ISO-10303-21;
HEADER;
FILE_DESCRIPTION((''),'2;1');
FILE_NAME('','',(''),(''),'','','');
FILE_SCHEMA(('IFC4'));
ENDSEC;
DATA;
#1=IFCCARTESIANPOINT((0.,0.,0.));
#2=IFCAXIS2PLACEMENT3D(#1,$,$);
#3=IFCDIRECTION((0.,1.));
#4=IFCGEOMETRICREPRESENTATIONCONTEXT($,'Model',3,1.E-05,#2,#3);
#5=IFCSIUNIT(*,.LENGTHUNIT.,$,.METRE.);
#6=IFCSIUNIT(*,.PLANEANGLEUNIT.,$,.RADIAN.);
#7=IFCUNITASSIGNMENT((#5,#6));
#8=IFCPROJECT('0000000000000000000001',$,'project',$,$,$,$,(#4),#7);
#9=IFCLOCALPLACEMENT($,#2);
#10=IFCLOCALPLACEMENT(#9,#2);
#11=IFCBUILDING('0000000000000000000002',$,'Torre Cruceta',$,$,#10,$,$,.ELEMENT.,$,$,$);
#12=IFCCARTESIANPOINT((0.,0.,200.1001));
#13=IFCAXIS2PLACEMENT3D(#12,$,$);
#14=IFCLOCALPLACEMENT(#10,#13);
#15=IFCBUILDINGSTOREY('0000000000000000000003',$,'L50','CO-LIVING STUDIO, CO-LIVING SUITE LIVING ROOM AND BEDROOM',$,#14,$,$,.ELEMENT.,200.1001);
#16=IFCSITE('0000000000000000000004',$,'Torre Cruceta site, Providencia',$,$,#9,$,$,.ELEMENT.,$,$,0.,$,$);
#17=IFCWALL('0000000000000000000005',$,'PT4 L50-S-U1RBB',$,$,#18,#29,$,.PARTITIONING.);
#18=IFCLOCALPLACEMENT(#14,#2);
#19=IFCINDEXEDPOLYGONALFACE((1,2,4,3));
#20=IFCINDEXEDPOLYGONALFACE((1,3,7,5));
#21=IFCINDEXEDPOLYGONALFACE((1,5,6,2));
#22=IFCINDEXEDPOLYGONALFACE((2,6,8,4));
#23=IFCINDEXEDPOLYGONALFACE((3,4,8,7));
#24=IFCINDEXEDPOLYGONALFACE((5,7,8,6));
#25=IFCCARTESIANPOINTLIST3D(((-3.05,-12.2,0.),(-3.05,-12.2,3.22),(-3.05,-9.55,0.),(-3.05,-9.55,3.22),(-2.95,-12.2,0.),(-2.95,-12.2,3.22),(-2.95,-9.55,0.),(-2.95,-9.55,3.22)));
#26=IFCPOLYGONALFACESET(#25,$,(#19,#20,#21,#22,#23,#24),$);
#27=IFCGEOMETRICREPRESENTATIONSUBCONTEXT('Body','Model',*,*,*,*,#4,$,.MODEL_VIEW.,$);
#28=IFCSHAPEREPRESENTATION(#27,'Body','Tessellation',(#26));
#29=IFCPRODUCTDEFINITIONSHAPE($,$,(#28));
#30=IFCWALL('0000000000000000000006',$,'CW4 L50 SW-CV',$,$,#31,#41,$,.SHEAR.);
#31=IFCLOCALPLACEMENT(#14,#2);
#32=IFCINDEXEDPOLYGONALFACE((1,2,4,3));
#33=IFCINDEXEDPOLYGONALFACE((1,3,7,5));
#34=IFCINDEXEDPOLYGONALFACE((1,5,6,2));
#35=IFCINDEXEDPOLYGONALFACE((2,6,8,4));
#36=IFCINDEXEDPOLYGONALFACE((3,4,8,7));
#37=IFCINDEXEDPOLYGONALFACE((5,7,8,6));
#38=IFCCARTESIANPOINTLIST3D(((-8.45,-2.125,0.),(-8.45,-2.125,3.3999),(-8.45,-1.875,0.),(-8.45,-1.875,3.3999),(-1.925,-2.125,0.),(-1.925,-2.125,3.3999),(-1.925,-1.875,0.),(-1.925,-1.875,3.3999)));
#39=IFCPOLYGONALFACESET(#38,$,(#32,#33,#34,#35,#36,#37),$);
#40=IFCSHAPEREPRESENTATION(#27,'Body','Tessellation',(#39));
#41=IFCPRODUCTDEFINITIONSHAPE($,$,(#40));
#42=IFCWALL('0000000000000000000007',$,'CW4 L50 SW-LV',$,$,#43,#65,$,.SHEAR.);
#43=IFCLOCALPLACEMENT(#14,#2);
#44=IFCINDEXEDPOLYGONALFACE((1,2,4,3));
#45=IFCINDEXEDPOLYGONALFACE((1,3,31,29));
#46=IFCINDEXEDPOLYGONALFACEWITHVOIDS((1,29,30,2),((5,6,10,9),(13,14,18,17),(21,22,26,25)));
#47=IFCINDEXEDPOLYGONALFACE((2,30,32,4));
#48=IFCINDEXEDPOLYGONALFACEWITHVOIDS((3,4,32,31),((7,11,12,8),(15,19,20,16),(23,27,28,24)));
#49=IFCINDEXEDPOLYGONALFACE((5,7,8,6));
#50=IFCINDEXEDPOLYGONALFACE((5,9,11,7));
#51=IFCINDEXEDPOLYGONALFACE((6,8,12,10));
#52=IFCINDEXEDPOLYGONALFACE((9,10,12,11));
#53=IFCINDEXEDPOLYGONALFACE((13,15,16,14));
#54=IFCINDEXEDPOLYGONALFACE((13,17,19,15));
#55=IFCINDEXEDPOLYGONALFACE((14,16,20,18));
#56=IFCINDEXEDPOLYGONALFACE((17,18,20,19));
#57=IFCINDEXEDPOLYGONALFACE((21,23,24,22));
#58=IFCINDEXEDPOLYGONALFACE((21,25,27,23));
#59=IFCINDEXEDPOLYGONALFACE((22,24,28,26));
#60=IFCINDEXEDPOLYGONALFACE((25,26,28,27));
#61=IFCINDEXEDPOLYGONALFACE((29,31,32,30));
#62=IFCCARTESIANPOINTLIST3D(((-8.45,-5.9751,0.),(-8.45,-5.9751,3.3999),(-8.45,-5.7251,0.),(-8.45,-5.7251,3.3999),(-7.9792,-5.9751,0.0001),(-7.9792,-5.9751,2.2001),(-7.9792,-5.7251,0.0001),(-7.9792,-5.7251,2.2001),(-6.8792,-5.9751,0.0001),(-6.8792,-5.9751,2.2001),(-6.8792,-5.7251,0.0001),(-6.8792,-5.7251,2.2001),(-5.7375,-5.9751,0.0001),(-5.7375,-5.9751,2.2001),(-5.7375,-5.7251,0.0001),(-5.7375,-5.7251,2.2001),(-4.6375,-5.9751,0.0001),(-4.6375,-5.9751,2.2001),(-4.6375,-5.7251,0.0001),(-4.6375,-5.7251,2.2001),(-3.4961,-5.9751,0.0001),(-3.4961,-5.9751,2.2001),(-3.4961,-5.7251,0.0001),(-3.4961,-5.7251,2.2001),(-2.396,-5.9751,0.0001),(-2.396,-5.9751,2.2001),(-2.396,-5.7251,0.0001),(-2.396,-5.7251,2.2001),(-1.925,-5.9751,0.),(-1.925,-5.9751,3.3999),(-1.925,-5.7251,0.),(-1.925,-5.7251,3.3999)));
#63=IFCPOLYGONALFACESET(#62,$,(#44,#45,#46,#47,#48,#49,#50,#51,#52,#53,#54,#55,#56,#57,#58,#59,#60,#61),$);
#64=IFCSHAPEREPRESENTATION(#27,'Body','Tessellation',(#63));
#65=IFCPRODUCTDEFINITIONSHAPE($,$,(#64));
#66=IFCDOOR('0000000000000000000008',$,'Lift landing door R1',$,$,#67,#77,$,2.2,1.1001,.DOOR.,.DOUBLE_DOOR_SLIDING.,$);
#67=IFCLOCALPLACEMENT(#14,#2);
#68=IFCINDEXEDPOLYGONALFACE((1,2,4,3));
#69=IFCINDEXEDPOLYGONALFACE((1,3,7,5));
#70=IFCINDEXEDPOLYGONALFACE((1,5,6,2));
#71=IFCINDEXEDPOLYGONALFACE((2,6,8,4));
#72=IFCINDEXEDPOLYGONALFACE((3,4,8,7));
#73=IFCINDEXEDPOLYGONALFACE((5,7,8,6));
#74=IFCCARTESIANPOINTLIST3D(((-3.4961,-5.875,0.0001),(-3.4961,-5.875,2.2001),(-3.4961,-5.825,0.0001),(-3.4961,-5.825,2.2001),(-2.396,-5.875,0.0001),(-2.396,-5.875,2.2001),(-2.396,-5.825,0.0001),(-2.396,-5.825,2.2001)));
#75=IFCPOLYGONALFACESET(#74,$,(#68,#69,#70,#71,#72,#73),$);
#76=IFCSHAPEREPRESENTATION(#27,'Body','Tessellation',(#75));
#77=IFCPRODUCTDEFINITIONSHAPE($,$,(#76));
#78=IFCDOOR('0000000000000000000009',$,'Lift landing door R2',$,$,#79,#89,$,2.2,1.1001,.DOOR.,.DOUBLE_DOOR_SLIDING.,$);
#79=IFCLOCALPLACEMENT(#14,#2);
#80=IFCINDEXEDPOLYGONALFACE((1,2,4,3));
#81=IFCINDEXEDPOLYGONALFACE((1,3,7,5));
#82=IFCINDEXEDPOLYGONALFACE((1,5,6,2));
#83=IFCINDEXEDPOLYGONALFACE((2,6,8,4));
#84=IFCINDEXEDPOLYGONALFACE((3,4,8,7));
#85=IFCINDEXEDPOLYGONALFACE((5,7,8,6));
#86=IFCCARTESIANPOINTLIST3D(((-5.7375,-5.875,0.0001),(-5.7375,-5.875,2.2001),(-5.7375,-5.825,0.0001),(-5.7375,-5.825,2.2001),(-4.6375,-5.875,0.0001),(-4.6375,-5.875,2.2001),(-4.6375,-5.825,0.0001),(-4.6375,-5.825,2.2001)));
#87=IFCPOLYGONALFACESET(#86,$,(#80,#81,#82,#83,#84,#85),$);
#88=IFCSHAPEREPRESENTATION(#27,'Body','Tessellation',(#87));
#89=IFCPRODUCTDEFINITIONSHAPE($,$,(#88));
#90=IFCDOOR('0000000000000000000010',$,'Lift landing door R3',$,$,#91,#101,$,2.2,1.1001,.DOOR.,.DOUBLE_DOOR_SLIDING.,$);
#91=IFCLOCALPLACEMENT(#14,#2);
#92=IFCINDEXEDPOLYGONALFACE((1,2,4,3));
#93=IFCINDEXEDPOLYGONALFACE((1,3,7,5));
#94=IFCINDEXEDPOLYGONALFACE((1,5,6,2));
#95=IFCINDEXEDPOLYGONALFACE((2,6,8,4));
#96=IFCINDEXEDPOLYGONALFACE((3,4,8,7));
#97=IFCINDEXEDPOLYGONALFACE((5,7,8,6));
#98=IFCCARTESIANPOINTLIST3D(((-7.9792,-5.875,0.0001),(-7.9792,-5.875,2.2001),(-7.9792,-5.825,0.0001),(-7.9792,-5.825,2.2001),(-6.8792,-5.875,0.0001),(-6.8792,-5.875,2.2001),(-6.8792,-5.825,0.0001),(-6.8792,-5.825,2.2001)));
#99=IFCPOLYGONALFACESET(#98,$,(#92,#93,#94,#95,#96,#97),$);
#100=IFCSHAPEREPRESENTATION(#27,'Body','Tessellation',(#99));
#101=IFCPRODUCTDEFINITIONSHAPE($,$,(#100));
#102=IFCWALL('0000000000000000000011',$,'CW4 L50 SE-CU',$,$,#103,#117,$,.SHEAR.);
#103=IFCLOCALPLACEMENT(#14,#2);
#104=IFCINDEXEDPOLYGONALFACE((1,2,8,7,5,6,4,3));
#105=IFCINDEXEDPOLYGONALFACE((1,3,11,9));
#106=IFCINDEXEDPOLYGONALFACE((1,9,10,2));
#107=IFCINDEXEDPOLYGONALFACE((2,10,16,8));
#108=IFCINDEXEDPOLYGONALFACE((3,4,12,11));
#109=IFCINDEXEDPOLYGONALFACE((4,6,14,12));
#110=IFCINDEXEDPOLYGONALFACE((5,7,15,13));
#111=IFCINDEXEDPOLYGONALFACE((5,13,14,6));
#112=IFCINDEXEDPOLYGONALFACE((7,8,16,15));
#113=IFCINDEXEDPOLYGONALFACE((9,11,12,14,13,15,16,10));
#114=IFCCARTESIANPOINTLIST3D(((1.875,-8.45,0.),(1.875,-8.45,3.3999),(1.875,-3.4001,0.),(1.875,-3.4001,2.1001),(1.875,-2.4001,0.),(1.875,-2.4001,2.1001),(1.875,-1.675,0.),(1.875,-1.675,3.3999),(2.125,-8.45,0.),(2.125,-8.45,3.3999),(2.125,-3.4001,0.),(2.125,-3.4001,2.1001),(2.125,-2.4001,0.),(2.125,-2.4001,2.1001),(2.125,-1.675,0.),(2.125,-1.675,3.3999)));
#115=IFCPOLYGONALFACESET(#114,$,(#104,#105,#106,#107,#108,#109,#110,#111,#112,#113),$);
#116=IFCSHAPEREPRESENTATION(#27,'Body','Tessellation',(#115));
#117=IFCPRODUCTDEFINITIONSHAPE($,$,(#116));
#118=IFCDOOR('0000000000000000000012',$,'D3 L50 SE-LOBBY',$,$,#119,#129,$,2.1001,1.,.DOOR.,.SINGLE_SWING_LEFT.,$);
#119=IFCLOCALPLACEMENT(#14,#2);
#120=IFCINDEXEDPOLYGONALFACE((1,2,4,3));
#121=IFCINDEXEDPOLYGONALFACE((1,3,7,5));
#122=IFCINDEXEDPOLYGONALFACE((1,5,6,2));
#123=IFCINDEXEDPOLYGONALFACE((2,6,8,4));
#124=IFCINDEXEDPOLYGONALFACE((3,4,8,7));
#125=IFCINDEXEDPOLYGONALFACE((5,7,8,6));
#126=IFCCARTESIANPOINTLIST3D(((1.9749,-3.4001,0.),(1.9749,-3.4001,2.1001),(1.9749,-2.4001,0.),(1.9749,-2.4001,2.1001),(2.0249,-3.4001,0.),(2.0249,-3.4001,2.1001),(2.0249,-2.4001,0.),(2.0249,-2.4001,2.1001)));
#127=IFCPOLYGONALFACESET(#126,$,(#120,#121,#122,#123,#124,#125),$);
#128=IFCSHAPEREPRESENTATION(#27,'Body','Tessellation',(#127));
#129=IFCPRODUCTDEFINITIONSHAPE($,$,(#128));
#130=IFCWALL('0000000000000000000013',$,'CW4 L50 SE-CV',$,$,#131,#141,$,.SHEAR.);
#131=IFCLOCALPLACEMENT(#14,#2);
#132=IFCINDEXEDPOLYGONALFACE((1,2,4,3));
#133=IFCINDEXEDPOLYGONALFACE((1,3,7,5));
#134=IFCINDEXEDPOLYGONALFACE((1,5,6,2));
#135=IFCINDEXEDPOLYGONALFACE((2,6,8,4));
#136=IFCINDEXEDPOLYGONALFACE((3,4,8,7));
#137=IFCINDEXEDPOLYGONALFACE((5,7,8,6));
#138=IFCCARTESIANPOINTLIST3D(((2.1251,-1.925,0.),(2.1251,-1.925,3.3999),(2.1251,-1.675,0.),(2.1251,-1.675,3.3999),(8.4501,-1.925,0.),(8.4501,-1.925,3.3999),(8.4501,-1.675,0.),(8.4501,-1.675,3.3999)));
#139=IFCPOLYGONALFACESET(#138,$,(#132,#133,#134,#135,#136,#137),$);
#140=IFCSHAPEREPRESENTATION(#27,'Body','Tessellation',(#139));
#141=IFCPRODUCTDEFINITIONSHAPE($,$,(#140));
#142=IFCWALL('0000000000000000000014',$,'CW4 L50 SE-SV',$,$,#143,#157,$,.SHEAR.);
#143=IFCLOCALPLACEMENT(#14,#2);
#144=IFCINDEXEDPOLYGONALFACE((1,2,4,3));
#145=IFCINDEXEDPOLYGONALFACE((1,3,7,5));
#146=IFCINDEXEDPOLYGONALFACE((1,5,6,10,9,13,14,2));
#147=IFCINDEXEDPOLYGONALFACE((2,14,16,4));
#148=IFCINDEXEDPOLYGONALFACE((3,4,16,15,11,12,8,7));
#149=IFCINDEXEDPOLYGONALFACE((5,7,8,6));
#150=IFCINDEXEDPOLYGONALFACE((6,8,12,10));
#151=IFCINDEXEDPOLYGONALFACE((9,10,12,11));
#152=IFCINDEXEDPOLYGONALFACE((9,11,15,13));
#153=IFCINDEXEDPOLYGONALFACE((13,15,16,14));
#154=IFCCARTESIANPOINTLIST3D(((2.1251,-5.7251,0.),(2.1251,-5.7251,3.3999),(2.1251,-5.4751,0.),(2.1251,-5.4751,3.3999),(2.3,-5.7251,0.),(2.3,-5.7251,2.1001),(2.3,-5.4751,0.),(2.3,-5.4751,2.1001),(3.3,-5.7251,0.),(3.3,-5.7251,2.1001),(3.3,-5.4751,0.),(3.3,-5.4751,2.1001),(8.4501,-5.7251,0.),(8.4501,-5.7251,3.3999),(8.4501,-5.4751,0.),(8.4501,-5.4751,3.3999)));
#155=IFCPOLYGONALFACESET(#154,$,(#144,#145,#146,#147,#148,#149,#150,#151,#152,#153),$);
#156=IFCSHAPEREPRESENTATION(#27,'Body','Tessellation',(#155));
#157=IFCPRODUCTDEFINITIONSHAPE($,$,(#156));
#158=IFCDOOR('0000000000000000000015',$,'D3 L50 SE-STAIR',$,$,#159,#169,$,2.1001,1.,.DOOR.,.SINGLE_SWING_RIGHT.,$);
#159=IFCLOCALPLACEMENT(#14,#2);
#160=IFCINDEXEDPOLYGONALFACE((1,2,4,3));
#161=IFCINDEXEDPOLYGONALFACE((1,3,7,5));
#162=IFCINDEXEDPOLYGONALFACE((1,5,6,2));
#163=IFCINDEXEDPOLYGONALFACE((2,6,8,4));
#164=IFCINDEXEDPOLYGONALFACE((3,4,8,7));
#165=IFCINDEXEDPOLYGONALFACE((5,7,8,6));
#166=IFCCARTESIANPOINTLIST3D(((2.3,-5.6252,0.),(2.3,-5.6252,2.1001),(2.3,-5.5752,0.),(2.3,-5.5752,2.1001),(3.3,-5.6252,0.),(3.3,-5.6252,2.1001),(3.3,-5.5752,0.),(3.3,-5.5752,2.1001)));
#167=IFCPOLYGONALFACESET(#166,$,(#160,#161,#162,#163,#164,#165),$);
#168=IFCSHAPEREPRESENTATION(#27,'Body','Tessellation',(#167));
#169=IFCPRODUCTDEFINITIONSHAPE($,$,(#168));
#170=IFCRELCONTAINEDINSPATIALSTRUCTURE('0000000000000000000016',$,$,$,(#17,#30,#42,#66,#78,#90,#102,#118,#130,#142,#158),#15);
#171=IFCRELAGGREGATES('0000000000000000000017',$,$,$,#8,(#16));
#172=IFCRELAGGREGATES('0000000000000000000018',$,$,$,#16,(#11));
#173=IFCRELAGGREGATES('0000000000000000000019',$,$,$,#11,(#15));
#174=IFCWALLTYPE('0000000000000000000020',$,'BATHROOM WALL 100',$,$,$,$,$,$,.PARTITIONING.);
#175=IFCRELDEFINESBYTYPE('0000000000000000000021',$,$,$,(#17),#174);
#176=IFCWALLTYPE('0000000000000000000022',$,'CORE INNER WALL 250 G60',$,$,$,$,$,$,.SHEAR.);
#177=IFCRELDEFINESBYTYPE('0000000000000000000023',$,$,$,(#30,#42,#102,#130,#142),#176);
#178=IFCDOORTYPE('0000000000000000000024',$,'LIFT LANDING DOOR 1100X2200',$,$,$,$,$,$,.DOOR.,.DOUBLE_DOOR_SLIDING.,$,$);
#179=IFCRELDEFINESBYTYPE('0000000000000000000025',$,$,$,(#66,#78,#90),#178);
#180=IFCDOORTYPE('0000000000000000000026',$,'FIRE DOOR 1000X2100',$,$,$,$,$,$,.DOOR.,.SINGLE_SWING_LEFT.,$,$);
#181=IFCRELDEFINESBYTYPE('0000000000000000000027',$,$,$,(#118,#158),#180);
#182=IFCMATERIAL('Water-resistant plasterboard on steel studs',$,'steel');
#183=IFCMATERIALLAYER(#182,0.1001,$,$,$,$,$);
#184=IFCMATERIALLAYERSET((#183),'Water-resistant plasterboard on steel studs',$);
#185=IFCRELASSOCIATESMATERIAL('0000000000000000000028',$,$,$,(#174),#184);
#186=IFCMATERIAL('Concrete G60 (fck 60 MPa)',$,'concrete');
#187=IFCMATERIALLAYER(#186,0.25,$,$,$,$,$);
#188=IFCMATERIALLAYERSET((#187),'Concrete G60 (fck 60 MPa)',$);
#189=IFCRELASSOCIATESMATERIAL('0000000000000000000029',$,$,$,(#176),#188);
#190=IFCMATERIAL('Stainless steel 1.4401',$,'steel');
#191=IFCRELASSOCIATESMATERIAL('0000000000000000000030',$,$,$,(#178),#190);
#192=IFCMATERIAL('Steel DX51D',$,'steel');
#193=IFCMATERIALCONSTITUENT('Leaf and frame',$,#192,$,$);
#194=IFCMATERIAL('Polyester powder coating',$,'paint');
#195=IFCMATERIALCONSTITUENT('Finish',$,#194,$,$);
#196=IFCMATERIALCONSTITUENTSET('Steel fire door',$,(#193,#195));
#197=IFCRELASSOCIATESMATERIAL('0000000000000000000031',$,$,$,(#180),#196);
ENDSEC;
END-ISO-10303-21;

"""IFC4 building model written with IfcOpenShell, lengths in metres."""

from ifc_helpers import new_model, si_unit, direction, frame, frame_2d, origin, place, context, subcontext, project, spatial, rectangle, extrude, material, layer, layer_set, constituent, constituent_set, type_object, element, fill, save


model = new_model("IFC4")

# Units and contexts
model_context = context("Model", 3, precision=1e-05, world=origin(), true_north=direction((0.0, 1.0)))
body_context = subcontext(model_context, "Body", "Model", "MODEL_VIEW")
ifc_project = project(units=[si_unit("LENGTHUNIT", "METRE"), si_unit("PLANEANGLEUNIT", "RADIAN")], contexts=[model_context])

# Site, building, storey
site_placement = place(None, origin())
site = spatial("IfcSite", under=ifc_project, at=site_placement, Name="Torre Cruceta site, Providencia", CompositionType="ELEMENT", RefElevation=0.0)
building_placement = place(site_placement, origin())
building = spatial("IfcBuilding", under=site, at=building_placement, Name="Torre Cruceta", CompositionType="ELEMENT")
storey_placement = place(building_placement, frame((0.0, 0.0, 200.1001)))
storey = spatial("IfcBuildingStorey", under=building, at=storey_placement, Name="L50", Description="CO-LIVING STUDIO, CO-LIVING SUITE LIVING ROOM AND BEDROOM", CompositionType="ELEMENT", Elevation=200.1001)

# Wall
ifc_material_1 = material(Name="Water-resistant plasterboard on steel studs", Category="steel")
ifc_layer_1 = layer(ifc_material_1, 0.1001)
ifc_layer_set_1 = layer_set([ifc_layer_1], Name="Water-resistant plasterboard on steel studs")
wall_type_1 = type_object("IfcWallType", Name="BATHROOM WALL 100", PredefinedType="PARTITIONING", material=ifc_layer_set_1)
wall_1_placement = place(storey_placement, frame((-3.0, -9.55, 0.0), z_axis=(0.0, 0.0, 1.0), x_axis=(0.0, -1.0, 0.0)))
element("IfcWall", 1, at=wall_1_placement, inside=storey, type_object=wall_type_1, Name="PT4 L50-S-U1RBB", PredefinedType="PARTITIONING", context=body_context, shape_type="SweptSolid", body=[
    extrude(rectangle(XDim=2.6499, YDim=0.1001, at=frame_2d((1.325, 0.0))), origin(), (0.0, 0.0, 1.0), 3.22),
])

# Shared definitions
ifc_material_2 = material(Name="Concrete G60 (fck 60 MPa)", Category="concrete")
ifc_layer_2 = layer(ifc_material_2, 0.25)
ifc_layer_set_2 = layer_set([ifc_layer_2], Name="Concrete G60 (fck 60 MPa)")
wall_type_2 = type_object("IfcWallType", Name="CORE INNER WALL 250 G60", PredefinedType="SHEAR", material=ifc_layer_set_2)

# Wall
wall_2_placement = place(storey_placement, frame((-1.925, -2.0, 0.0), z_axis=(0.0, 0.0, 1.0), x_axis=(-1.0, 0.0, 0.0)))
element("IfcWall", 2, at=wall_2_placement, inside=storey, type_object=wall_type_2, Name="CW4 L50 SW-CV", PredefinedType="SHEAR", context=body_context, shape_type="SweptSolid", body=[
    extrude(rectangle(XDim=6.5249, YDim=0.25, at=frame_2d((3.2625, 0.0))), origin(), (0.0, 0.0, 1.0), 3.3999),
])

# Wall, openings, doors
wall_3_placement = place(storey_placement, frame((-1.925, -5.8501, 0.0), z_axis=(0.0, 0.0, 1.0), x_axis=(-1.0, 0.0, 0.0)))
wall_3 = element("IfcWall", 3, at=wall_3_placement, inside=storey, type_object=wall_type_2, Name="CW4 L50 SW-LV", PredefinedType="SHEAR", context=body_context, shape_type="SweptSolid", body=[
    extrude(rectangle(XDim=6.5249, YDim=0.25, at=frame_2d((3.2625, 0.0))), origin(), (0.0, 0.0, 1.0), 3.3999),
])
opening_1_placement = place(wall_3_placement, frame((0.4709, 0.0, 0.0)))
opening_1 = element("IfcOpeningElement", 4, at=opening_1_placement, cuts=wall_3, PredefinedType="OPENING", context=body_context, shape_type="SweptSolid", body=[
    extrude(rectangle(XDim=1.1001, YDim=2.2, at=frame_2d((0.55, 1.1001))), frame((0.0, 0.135, 0.0), z_axis=(0.0, -1.0, 0.0), x_axis=(1.0, 0.0, 0.0)), (0.0, 0.0, 1.0), 0.27),
])
opening_2_placement = place(wall_3_placement, frame((2.7124, 0.0, 0.0)))
opening_2 = element("IfcOpeningElement", 5, at=opening_2_placement, cuts=wall_3, PredefinedType="OPENING", context=body_context, shape_type="SweptSolid", body=[
    extrude(rectangle(XDim=1.1001, YDim=2.2, at=frame_2d((0.55, 1.1001))), frame((0.0, 0.135, 0.0), z_axis=(0.0, -1.0, 0.0), x_axis=(1.0, 0.0, 0.0)), (0.0, 0.0, 1.0), 0.27),
])
opening_3_placement = place(wall_3_placement, frame((4.9541, 0.0, 0.0)))
opening_3 = element("IfcOpeningElement", 6, at=opening_3_placement, cuts=wall_3, PredefinedType="OPENING", context=body_context, shape_type="SweptSolid", body=[
    extrude(rectangle(XDim=1.1001, YDim=2.2, at=frame_2d((0.55, 1.1001))), frame((0.0, 0.135, 0.0), z_axis=(0.0, -1.0, 0.0), x_axis=(1.0, 0.0, 0.0)), (0.0, 0.0, 1.0), 0.27),
])
ifc_material_3 = material(Name="Stainless steel 1.4401", Category="steel")
door_type_1 = type_object("IfcDoorType", Name="LIFT LANDING DOOR 1100X2200", OperationType="DOUBLE_DOOR_SLIDING", PredefinedType="DOOR", material=ifc_material_3)
door_1_placement = place(opening_1_placement, origin())
door_1 = element("IfcDoor", 7, at=door_1_placement, inside=storey, type_object=door_type_1, Name="Lift landing door R1", OperationType="DOUBLE_DOOR_SLIDING", OverallHeight=2.2, OverallWidth=1.1001, PredefinedType="DOOR", context=body_context, shape_type="SweptSolid", body=[
    extrude(rectangle(XDim=1.1001, YDim=2.2, at=frame_2d((0.55, 1.1001))), frame((0.0, 0.0249, 0.0), z_axis=(0.0, -1.0, 0.0), x_axis=(1.0, 0.0, 0.0)), (0.0, 0.0, 1.0), 0.05),
])
fill(opening_1, door_1)
door_2_placement = place(opening_2_placement, origin())
door_2 = element("IfcDoor", 8, at=door_2_placement, inside=storey, type_object=door_type_1, Name="Lift landing door R2", OperationType="DOUBLE_DOOR_SLIDING", OverallHeight=2.2, OverallWidth=1.1001, PredefinedType="DOOR", context=body_context, shape_type="SweptSolid", body=[
    extrude(rectangle(XDim=1.1001, YDim=2.2, at=frame_2d((0.55, 1.1001))), frame((0.0, 0.0249, 0.0), z_axis=(0.0, -1.0, 0.0), x_axis=(1.0, 0.0, 0.0)), (0.0, 0.0, 1.0), 0.05),
])
fill(opening_2, door_2)
door_3_placement = place(opening_3_placement, origin())
door_3 = element("IfcDoor", 9, at=door_3_placement, inside=storey, type_object=door_type_1, Name="Lift landing door R3", OperationType="DOUBLE_DOOR_SLIDING", OverallHeight=2.2, OverallWidth=1.1001, PredefinedType="DOOR", context=body_context, shape_type="SweptSolid", body=[
    extrude(rectangle(XDim=1.1001, YDim=2.2, at=frame_2d((0.55, 1.1001))), frame((0.0, 0.0249, 0.0), z_axis=(0.0, -1.0, 0.0), x_axis=(1.0, 0.0, 0.0)), (0.0, 0.0, 1.0), 0.05),
])
fill(opening_3, door_3)

# Wall, opening, door
wall_4_placement = place(storey_placement, frame((2.0, -1.675, 0.0), z_axis=(0.0, 0.0, 1.0), x_axis=(0.0, -1.0, 0.0)))
wall_4 = element("IfcWall", 10, at=wall_4_placement, inside=storey, type_object=wall_type_2, Name="CW4 L50 SE-CU", PredefinedType="SHEAR", context=body_context, shape_type="SweptSolid", body=[
    extrude(rectangle(XDim=6.7749, YDim=0.25, at=frame_2d((3.3875, 0.0))), origin(), (0.0, 0.0, 1.0), 3.3999),
])
opening_4_placement = place(wall_4_placement, frame((0.7251, 0.0, 0.0)))
opening_4 = element("IfcOpeningElement", 11, at=opening_4_placement, cuts=wall_4, PredefinedType="OPENING", context=body_context, shape_type="SweptSolid", body=[
    extrude(rectangle(XDim=1.0, YDim=2.1001, at=frame_2d((0.5, 1.05))), frame((0.0, 0.135, 0.0), z_axis=(0.0, -1.0, 0.0), x_axis=(1.0, 0.0, 0.0)), (0.0, 0.0, 1.0), 0.27),
])
ifc_material_4 = material(Name="Steel DX51D", Category="steel")
ifc_constituent_1 = constituent(ifc_material_4, Name="Leaf and frame")
ifc_material_5 = material(Name="Polyester powder coating", Category="paint")
ifc_constituent_2 = constituent(ifc_material_5, Name="Finish")
ifc_constituent_set_1 = constituent_set(constituents=[ifc_constituent_1, ifc_constituent_2], Name="Steel fire door")
door_type_2 = type_object("IfcDoorType", Name="FIRE DOOR 1000X2100", OperationType="SINGLE_SWING_LEFT", PredefinedType="DOOR", material=ifc_constituent_set_1)
door_4_placement = place(opening_4_placement, origin())
door_4 = element("IfcDoor", 12, at=door_4_placement, inside=storey, type_object=door_type_2, Name="D3 L50 SE-LOBBY", OperationType="SINGLE_SWING_LEFT", OverallHeight=2.1001, OverallWidth=1.0, PredefinedType="DOOR", context=body_context, shape_type="SweptSolid", body=[
    extrude(rectangle(XDim=1.0, YDim=2.1001, at=frame_2d((0.5, 1.05))), frame((0.0, 0.0249, 0.0), z_axis=(0.0, -1.0, 0.0), x_axis=(1.0, 0.0, 0.0)), (0.0, 0.0, 1.0), 0.05),
])
fill(opening_4, door_4)

# Wall
wall_5_placement = place(storey_placement, frame((2.125, -1.8, 0.0), z_axis=(0.0, 0.0, 1.0), x_axis=(1.0, 0.0, 0.0)))
element("IfcWall", 13, at=wall_5_placement, inside=storey, type_object=wall_type_2, Name="CW4 L50 SE-CV", PredefinedType="SHEAR", context=body_context, shape_type="SweptSolid", body=[
    extrude(rectangle(XDim=6.325, YDim=0.25, at=frame_2d((3.1626, 0.0))), origin(), (0.0, 0.0, 1.0), 3.3999),
])

# Wall, opening, door
wall_6_placement = place(storey_placement, frame((2.125, -5.6001, 0.0), z_axis=(0.0, 0.0, 1.0), x_axis=(1.0, 0.0, 0.0)))
wall_6 = element("IfcWall", 14, at=wall_6_placement, inside=storey, type_object=wall_type_2, Name="CW4 L50 SE-SV", PredefinedType="SHEAR", context=body_context, shape_type="SweptSolid", body=[
    extrude(rectangle(XDim=6.325, YDim=0.25, at=frame_2d((3.1626, 0.0))), origin(), (0.0, 0.0, 1.0), 3.3999),
])
opening_5_placement = place(wall_6_placement, frame((0.175, 0.0, 0.0)))
opening_5 = element("IfcOpeningElement", 15, at=opening_5_placement, cuts=wall_6, PredefinedType="OPENING", context=body_context, shape_type="SweptSolid", body=[
    extrude(rectangle(XDim=1.0, YDim=2.1001, at=frame_2d((0.5, 1.05))), frame((0.0, 0.135, 0.0), z_axis=(0.0, -1.0, 0.0), x_axis=(1.0, 0.0, 0.0)), (0.0, 0.0, 1.0), 0.27),
])
door_5_placement = place(opening_5_placement, frame((1.0, 0.0, 0.0), z_axis=(0.0, 0.0, 1.0), x_axis=(-1.0, 0.0, 0.0)))
door_5 = element("IfcDoor", 16, at=door_5_placement, inside=storey, type_object=door_type_2, Name="D3 L50 SE-STAIR", OperationType="SINGLE_SWING_RIGHT", OverallHeight=2.1001, OverallWidth=1.0, PredefinedType="DOOR", context=body_context, shape_type="SweptSolid", body=[
    extrude(rectangle(XDim=1.0, YDim=2.1001, at=frame_2d((0.5, 1.05))), frame((0.0, 0.0251, 0.0), z_axis=(0.0, -1.0, 0.0), x_axis=(1.0, 0.0, 0.0)), (0.0, 0.0, 1.0), 0.05),
])
fill(opening_5, door_5)

save(model, "model.ifc")
